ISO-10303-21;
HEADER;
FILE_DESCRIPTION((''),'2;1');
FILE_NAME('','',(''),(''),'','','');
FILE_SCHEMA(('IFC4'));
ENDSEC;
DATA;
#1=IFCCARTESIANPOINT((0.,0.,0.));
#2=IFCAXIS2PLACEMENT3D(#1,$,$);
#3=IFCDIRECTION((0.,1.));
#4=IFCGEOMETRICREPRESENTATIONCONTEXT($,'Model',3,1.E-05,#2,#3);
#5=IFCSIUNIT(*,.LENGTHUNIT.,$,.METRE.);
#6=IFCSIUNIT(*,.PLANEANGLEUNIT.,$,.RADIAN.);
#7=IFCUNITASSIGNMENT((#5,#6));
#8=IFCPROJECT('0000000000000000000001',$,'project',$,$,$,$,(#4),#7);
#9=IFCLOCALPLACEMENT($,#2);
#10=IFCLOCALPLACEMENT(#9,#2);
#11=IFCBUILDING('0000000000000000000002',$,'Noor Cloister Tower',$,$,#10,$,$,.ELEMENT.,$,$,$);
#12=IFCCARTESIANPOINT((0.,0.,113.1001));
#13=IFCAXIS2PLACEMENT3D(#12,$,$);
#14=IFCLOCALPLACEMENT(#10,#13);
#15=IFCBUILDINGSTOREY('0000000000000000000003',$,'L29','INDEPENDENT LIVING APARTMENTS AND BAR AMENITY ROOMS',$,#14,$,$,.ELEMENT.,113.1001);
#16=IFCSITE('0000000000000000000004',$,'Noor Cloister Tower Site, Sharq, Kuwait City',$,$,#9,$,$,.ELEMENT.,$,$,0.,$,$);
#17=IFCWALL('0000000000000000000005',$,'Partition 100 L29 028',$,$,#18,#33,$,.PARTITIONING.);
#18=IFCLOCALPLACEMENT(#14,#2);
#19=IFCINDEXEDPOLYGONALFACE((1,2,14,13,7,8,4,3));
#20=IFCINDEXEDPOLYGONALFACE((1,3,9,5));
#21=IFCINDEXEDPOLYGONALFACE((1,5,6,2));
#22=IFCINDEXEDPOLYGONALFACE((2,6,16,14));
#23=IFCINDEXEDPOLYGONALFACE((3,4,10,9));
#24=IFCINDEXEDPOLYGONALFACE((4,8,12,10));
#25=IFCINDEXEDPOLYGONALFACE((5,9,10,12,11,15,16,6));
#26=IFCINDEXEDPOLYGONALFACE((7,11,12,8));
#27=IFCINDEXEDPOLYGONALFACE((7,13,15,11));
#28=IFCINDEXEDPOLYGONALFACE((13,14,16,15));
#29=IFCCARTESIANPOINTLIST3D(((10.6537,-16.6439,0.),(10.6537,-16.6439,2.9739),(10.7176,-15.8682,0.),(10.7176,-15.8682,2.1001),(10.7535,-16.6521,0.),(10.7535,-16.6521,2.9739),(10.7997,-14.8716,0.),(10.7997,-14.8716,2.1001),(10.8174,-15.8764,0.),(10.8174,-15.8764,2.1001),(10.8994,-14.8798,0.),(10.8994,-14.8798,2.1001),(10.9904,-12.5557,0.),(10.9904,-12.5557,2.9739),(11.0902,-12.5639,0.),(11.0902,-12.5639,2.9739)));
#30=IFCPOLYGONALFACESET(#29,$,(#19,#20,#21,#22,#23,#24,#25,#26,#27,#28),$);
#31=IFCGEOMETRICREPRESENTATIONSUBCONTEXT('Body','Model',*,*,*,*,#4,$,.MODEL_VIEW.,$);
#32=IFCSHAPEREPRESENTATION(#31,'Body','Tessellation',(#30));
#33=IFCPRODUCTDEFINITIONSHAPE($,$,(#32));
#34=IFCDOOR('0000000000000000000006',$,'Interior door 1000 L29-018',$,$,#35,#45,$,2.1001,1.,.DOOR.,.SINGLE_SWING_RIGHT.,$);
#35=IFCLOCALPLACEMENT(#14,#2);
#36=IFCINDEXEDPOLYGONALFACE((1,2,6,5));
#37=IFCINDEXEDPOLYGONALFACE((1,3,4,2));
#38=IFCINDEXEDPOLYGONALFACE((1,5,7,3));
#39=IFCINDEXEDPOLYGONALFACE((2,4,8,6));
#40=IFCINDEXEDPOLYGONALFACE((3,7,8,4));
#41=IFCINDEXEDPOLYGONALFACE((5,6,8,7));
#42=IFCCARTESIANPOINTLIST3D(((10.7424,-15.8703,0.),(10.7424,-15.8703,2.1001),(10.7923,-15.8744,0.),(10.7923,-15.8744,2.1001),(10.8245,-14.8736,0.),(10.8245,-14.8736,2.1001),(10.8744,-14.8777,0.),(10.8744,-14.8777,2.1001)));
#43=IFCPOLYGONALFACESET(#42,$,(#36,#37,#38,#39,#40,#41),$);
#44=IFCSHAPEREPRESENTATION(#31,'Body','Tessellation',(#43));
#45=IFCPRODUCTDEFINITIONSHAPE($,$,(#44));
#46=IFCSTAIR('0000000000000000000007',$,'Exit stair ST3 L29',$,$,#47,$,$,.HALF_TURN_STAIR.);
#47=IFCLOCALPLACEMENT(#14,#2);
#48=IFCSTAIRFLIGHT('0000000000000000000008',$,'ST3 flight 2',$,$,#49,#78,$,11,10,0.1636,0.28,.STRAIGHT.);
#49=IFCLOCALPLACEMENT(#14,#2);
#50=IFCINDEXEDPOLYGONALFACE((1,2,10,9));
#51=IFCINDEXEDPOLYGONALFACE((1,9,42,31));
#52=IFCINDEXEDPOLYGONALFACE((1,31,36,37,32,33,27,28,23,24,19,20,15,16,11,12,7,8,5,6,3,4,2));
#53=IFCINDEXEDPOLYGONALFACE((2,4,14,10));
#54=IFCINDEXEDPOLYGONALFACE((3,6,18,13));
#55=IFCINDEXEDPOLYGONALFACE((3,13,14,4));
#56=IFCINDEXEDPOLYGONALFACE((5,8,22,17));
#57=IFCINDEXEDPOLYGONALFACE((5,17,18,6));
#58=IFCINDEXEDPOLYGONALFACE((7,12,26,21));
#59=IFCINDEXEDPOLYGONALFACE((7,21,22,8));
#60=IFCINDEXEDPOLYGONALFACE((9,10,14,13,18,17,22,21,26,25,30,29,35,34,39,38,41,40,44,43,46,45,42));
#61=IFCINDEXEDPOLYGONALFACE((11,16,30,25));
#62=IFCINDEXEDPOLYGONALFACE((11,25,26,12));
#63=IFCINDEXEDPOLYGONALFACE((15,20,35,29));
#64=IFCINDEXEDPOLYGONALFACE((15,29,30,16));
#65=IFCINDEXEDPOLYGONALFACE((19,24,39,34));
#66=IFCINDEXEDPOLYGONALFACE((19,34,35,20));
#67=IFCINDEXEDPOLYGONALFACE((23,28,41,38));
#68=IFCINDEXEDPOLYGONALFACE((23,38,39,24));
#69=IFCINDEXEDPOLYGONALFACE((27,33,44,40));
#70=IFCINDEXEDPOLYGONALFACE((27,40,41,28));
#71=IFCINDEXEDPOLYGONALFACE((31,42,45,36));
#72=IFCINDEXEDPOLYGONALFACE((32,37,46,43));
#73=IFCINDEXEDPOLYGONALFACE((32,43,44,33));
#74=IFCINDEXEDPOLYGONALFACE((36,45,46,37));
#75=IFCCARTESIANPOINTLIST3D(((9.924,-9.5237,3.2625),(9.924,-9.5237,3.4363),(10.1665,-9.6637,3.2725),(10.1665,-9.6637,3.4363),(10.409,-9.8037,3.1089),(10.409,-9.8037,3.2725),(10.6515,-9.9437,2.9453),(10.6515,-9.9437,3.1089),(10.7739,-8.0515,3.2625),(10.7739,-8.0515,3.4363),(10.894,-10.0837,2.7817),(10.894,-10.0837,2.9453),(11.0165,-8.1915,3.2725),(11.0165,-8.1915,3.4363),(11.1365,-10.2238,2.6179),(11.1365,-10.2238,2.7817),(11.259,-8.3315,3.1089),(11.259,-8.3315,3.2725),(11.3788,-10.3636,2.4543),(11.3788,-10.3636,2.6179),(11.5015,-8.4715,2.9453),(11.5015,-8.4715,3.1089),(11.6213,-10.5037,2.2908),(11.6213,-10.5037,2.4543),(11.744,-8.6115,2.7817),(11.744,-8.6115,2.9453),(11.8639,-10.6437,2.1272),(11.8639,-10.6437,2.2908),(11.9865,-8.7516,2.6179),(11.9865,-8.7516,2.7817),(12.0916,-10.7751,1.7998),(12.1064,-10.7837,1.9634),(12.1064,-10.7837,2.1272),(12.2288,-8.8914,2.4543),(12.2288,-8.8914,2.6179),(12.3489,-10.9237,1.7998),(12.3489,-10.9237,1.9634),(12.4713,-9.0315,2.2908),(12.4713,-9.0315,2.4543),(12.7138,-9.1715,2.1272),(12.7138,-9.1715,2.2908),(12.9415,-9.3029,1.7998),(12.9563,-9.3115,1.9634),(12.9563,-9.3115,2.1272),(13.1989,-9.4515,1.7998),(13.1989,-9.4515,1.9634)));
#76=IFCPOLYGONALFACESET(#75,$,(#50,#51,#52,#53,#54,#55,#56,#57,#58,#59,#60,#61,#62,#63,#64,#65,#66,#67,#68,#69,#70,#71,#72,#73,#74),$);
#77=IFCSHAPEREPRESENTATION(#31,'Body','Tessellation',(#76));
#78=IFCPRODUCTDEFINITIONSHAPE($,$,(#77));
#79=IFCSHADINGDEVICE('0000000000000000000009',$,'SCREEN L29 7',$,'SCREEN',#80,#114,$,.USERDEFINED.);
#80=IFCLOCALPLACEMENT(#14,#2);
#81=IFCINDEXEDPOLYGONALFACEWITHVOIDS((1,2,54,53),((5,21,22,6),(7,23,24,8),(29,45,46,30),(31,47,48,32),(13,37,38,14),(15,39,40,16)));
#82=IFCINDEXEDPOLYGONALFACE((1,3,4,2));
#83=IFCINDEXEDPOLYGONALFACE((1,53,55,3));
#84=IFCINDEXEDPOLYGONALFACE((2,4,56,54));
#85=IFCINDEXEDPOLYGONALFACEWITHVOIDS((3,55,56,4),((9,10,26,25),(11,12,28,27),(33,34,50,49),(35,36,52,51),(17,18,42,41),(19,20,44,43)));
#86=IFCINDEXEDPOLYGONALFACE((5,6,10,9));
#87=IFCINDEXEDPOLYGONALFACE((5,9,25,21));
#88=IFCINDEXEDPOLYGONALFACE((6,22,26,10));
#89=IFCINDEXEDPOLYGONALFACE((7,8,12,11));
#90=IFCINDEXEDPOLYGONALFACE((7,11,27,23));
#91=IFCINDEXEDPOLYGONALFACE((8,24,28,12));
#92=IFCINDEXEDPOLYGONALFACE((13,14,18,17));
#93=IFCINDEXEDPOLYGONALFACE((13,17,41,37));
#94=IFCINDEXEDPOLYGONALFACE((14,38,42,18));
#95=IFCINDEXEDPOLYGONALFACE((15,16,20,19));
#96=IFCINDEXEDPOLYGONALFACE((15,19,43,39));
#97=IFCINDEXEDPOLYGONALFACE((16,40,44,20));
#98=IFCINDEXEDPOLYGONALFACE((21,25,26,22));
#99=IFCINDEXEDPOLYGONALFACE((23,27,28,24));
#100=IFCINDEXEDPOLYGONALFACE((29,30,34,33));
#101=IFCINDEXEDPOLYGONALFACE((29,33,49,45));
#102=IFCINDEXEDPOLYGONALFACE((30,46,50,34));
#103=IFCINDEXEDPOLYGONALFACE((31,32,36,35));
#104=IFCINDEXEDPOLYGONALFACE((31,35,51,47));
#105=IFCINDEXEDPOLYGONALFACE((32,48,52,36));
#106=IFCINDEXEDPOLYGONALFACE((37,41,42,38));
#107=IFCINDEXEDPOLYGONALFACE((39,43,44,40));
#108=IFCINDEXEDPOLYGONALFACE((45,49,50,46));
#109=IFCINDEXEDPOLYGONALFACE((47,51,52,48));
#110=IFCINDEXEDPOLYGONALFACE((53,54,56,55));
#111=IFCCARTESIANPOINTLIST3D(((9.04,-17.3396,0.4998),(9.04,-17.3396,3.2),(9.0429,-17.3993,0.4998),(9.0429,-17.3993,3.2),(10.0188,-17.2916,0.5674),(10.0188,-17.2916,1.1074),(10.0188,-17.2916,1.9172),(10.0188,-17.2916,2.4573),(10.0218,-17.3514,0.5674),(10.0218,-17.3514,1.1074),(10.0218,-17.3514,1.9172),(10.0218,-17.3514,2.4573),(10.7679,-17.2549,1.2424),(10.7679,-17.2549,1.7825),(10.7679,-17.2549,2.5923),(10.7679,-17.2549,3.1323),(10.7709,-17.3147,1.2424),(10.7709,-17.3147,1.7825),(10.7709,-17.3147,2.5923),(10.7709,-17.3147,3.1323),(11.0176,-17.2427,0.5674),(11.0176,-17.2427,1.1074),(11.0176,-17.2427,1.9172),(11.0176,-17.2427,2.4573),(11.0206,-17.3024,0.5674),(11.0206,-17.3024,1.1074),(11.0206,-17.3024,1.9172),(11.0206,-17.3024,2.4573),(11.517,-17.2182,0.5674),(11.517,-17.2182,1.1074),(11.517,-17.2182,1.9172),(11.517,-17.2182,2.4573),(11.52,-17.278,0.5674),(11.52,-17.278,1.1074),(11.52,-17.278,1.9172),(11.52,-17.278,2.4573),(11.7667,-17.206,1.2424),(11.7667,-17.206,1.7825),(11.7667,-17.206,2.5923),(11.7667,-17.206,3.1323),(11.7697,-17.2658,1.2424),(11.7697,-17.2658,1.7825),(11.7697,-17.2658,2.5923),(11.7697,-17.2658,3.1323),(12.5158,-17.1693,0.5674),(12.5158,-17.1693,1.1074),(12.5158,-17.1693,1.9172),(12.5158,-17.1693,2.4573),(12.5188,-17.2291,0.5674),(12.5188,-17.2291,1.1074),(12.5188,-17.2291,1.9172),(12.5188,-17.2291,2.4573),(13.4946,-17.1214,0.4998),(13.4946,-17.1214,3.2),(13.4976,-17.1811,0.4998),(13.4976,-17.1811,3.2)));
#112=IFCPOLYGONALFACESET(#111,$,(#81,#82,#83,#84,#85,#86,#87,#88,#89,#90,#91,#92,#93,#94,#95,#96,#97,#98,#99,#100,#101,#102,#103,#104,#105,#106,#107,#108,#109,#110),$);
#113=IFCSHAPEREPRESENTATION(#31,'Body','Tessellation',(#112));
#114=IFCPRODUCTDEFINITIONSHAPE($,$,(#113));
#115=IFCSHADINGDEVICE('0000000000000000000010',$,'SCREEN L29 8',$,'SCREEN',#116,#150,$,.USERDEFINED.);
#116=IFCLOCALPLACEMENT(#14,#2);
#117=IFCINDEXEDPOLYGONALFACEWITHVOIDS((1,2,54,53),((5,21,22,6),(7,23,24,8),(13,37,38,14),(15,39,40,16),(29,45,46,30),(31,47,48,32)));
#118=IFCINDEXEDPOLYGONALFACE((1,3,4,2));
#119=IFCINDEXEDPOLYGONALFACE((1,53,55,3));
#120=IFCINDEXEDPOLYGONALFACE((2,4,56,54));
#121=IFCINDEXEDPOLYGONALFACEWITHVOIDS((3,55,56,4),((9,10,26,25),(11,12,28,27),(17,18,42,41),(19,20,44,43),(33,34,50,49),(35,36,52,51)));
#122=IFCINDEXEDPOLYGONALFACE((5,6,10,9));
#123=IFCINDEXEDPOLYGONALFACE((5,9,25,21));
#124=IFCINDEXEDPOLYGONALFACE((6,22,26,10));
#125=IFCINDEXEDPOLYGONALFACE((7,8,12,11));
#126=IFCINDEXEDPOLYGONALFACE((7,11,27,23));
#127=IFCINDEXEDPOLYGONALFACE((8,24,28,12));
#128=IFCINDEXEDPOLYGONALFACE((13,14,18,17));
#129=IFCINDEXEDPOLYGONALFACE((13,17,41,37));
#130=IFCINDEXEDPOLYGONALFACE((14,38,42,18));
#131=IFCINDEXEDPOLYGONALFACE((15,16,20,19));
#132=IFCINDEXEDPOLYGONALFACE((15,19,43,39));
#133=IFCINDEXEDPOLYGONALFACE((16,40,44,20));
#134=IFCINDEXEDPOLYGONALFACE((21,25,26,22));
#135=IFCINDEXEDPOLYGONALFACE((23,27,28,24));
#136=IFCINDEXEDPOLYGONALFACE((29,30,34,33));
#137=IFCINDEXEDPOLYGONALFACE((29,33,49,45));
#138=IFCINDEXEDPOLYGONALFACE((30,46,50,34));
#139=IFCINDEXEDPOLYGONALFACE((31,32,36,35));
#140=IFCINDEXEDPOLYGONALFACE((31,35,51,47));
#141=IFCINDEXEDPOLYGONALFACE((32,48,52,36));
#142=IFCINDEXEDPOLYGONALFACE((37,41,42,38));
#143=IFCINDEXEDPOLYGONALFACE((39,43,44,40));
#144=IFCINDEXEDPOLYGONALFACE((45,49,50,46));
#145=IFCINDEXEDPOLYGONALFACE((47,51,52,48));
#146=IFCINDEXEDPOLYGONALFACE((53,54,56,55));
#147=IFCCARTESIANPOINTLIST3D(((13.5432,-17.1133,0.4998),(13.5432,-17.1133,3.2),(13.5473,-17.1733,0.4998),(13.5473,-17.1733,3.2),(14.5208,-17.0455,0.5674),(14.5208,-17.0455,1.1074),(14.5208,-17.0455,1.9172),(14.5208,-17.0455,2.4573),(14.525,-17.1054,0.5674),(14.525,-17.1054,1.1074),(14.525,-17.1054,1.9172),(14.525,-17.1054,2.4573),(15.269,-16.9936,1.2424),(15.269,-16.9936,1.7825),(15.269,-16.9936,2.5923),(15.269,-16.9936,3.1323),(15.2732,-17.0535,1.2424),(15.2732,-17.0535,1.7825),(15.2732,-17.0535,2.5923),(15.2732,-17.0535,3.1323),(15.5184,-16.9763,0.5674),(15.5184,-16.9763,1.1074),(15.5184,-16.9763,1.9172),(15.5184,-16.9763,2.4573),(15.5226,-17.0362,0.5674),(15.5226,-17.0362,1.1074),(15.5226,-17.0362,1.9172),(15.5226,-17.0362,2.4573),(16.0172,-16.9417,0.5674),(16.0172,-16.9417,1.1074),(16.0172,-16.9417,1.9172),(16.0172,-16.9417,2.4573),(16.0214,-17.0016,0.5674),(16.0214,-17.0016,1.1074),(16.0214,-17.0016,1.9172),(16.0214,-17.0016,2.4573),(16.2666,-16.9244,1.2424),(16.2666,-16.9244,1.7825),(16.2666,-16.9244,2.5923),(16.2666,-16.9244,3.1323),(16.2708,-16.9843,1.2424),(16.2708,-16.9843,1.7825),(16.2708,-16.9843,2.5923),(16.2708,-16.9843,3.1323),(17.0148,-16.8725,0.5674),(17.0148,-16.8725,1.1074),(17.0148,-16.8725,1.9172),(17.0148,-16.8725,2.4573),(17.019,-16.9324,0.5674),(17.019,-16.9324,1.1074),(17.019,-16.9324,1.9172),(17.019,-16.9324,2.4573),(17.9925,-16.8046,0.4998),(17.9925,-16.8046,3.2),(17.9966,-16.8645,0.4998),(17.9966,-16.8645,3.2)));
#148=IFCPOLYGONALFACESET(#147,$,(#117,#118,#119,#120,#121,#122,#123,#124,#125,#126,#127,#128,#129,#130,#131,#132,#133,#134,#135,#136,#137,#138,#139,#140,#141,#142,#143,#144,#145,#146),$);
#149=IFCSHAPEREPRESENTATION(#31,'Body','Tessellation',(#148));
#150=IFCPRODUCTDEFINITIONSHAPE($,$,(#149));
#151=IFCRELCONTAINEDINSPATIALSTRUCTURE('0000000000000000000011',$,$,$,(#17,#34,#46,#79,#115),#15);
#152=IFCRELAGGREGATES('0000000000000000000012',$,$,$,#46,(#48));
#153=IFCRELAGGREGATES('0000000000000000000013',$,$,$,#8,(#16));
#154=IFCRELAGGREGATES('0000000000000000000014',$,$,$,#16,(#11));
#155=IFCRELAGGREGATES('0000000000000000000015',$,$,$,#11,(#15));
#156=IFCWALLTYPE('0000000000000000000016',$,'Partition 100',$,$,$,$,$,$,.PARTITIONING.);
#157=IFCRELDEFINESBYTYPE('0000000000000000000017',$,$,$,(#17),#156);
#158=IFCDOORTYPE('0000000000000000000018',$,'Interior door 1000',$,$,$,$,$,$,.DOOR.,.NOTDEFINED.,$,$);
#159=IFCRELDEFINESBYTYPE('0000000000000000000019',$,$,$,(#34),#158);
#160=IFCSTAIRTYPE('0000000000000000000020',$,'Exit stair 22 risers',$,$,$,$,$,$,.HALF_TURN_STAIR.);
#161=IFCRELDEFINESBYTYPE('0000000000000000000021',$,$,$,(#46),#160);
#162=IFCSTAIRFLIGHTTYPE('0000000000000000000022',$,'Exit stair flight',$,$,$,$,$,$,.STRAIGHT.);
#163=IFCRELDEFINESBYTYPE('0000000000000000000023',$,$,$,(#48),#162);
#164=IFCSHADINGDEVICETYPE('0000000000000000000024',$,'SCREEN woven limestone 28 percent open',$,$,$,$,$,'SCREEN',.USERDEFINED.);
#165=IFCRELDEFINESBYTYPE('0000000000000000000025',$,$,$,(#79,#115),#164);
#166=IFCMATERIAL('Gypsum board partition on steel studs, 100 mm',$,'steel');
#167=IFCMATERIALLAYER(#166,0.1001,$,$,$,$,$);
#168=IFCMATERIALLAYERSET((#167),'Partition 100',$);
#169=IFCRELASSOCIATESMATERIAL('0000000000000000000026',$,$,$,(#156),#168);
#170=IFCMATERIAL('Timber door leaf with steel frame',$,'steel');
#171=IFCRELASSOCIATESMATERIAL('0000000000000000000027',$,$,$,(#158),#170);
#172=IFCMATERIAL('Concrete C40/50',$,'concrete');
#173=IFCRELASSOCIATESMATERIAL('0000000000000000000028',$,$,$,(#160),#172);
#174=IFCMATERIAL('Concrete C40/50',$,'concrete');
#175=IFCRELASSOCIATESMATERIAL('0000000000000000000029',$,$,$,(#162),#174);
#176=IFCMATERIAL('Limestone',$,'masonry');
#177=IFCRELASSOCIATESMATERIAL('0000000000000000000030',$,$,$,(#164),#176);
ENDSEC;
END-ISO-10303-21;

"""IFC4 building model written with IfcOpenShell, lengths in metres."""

from ifc_helpers import new_model, si_unit, direction, frame, frame_2d, origin, place, context, subcontext, project, spatial, polyline, rectangle, outline, extrude, material, layer, layer_set, material_profile, profile_set, type_object, element, fill, aggregate, save


model = new_model("IFC4")

# Units and contexts
model_context = context("Model", 3, precision=1e-05, world=origin(), true_north=direction((0.0, 1.0)))
body_context = subcontext(model_context, "Body", "Model", "MODEL_VIEW")
ifc_project = project(units=[si_unit("LENGTHUNIT", "METRE"), si_unit("PLANEANGLEUNIT", "RADIAN")], contexts=[model_context])

# Site, building, storey
site_placement = place(None, origin())
site = spatial("IfcSite", under=ifc_project, at=site_placement, Name="Noor Cloister Tower Site, Sharq, Kuwait City", CompositionType="ELEMENT", RefElevation=0.0)
building_placement = place(site_placement, origin())
building = spatial("IfcBuilding", under=site, at=building_placement, Name="Noor Cloister Tower", CompositionType="ELEMENT")
storey_placement = place(building_placement, frame((0.0, 0.0, 113.1001)))
storey = spatial("IfcBuildingStorey", under=building, at=storey_placement, Name="L29", Description="INDEPENDENT LIVING APARTMENTS AND BAR AMENITY ROOMS", CompositionType="ELEMENT", Elevation=113.1001)

# Wall, opening, door
ifc_material_1 = material(Name="Gypsum board partition on steel studs, 100 mm", Category="steel")
ifc_layer_1 = layer(ifc_material_1, 0.1001)
ifc_layer_set_1 = layer_set([ifc_layer_1], Name="Partition 100")
wall_type = type_object("IfcWallType", Name="Partition 100", PredefinedType="PARTITIONING", material=ifc_layer_set_1)
ifc_material_2 = material(Name="Timber door leaf with steel frame", Category="steel")
door_type = type_object("IfcDoorType", Name="Interior door 1000", OperationType="NOTDEFINED", PredefinedType="DOOR", material=ifc_material_2)
wall_1_placement = place(storey_placement, frame((11.0403, -12.5598, 0.0), z_axis=(0.0, 0.0, 1.0), x_axis=(-0.082075, -0.996626, 0.0)))
wall_1 = element("IfcWall", 1, at=wall_1_placement, inside=storey, type_object=wall_type, Name="Partition 100 L29 028", PredefinedType="PARTITIONING", context=body_context, shape_type="SweptSolid", body=[
    extrude(rectangle(XDim=4.1021, YDim=0.1001, at=frame_2d((2.051, 0.0))), origin(), (0.0, 0.0, 1.0), 2.9739),
])
opening_1_placement = place(wall_1_placement, frame((2.3237, 0.0, 0.0)))
opening_1 = element("IfcOpeningElement", 2, at=opening_1_placement, cuts=wall_1, PredefinedType="OPENING", context=body_context, shape_type="SweptSolid", body=[
    extrude(rectangle(XDim=1.0, YDim=2.1001, at=frame_2d((0.5, 1.05))), frame((0.0, 0.0601, 0.0), z_axis=(0.0, -1.0, 0.0), x_axis=(1.0, 0.0, 0.0)), (0.0, 0.0, 1.0), 0.1201),
])
door_1_placement = place(opening_1_placement, origin())
door_1 = element("IfcDoor", 3, at=door_1_placement, inside=storey, type_object=door_type, Name="Interior door 1000 L29-018", OperationType="SINGLE_SWING_RIGHT", OverallHeight=2.1001, OverallWidth=1.0, PredefinedType="DOOR", context=body_context, shape_type="SweptSolid", body=[
    extrude(rectangle(XDim=1.0, YDim=2.1001, at=frame_2d((0.5, 1.05))), frame((0.0, 0.0249, 0.0), z_axis=(0.0, -1.0, 0.0), x_axis=(1.0, 0.0, 0.0)), (0.0, 0.0, 1.0), 0.05),
])
fill(opening_1, door_1)

# Stair, stair flight
ifc_material_3 = material(Name="Concrete C40/50", Category="concrete")
stair_type = type_object("IfcStairType", Name="Exit stair 22 risers", PredefinedType="HALF_TURN_STAIR", material=ifc_material_3)
stair_placement = place(storey_placement, origin())
stair = element("IfcStair", 4, at=stair_placement, inside=storey, type_object=stair_type, Name="Exit stair ST3 L29", PredefinedType="HALF_TURN_STAIR")
ifc_material_4 = material(Name="Concrete C40/50", Category="concrete")
stair_flight_type = type_object("IfcStairFlightType", Name="Exit stair flight", PredefinedType="STRAIGHT", material=ifc_material_4)
stair_flight_placement = place(storey_placement, frame((12.7739, -10.1875, 1.7998), z_axis=(0.0, 0.0, 1.0), x_axis=(-0.866025, 0.5, 0.0)))
stair_flight = element("IfcStairFlight", 5, at=stair_flight_placement, type_object=stair_flight_type, Name="ST3 flight 2", NumberOfRisers=11, NumberOfTreads=10, PredefinedType="STRAIGHT", RiserHeight=0.1636, TreadLength=0.28, context=body_context, shape_type="SweptSolid", body=[
    extrude(outline(polyline([(0.0, 0.0), (0.0, 0.1636), (0.28, 0.1636), (0.28, 0.3274), (0.5601, 0.3274), (0.5601, 0.491), (0.8401, 0.491), (0.8401, 0.6545), (1.1201, 0.6545), (1.1201, 0.8181), (1.3999, 0.8181), (1.3999, 0.9819), (1.6799, 0.9819), (1.6799, 1.1455), (1.96, 1.1455), (1.96, 1.3091), (2.24, 1.3091), (2.24, 1.4727), (2.52, 1.4727), (2.52, 1.6365), (2.8, 1.6365), (2.8, 1.8), (2.8, 1.4626), (0.2971, 0.0), (0.0, 0.0)])), frame((0.0, 0.8501, 0.0), z_axis=(0.0, -1.0, 0.0), x_axis=(1.0, 0.0, 0.0)), (0.0, 0.0, 1.0), 1.7),
])
aggregate(stair, [stair_flight])

# Shading devices
ifc_material_5 = material(Name="Limestone", Category="masonry")
ifc_material_profile_1 = material_profile(ifc_material_5, outline(polyline([(-2.23, -1.3501), (2.23, -1.3501), (2.23, 1.3501), (-2.23, 1.3501), (-2.23, -1.3501)]), holes=[polyline([(-1.25, -1.2825), (-0.25, -1.2825), (-0.25, -0.7424), (-1.25, -0.7424), (-1.25, -1.2825)]), polyline([(0.25, -1.2825), (1.25, -1.2825), (1.25, -0.7424), (0.25, -0.7424), (0.25, -1.2825)]), polyline([(-0.5, -0.6074), (0.5, -0.6074), (0.5, -0.0674), (-0.5, -0.0674), (-0.5, -0.6074)]), polyline([(-1.25, 0.0674), (-0.25, 0.0674), (-0.25, 0.6074), (-1.25, 0.6074), (-1.25, 0.0674)]), polyline([(0.25, 0.0674), (1.25, 0.0674), (1.25, 0.6074), (0.25, 0.6074), (0.25, 0.0674)]), polyline([(-0.5, 0.7424), (0.5, 0.7424), (0.5, 1.2825), (-0.5, 1.2825), (-0.5, 0.7424)])]), Name="Woven screen 28 percent open")
ifc_profile_set_1 = profile_set([ifc_material_profile_1], Name="Limestone")
shading_device_type = type_object("IfcShadingDeviceType", Name="SCREEN woven limestone 28 percent open", ElementType="SCREEN", PredefinedType="USERDEFINED", material=ifc_profile_set_1)
shading_device_1_placement = place(storey_placement, frame((11.2673, -17.2305, 1.8499), z_axis=(0.048921, -0.998803, 0.0), x_axis=(0.998803, 0.048921, 0.0)))
element("IfcShadingDevice", 6, at=shading_device_1_placement, inside=storey, type_object=shading_device_type, Name="SCREEN L29 7", ObjectType="SCREEN", PredefinedType="USERDEFINED", context=body_context, shape_type="SweptSolid", body=[
    extrude(outline(polyline([(-2.23, -1.3501), (2.23, -1.3501), (2.23, 1.3501), (-2.23, 1.3501), (-2.23, -1.3501)]), holes=[polyline([(-1.25, -1.2825), (-0.25, -1.2825), (-0.25, -0.7424), (-1.25, -0.7424), (-1.25, -1.2825)]), polyline([(0.25, -1.2825), (1.25, -1.2825), (1.25, -0.7424), (0.25, -0.7424), (0.25, -1.2825)]), polyline([(-0.5, -0.6074), (0.5, -0.6074), (0.5, -0.0674), (-0.5, -0.0674), (-0.5, -0.6074)]), polyline([(-1.25, 0.0674), (-0.25, 0.0674), (-0.25, 0.6074), (-1.25, 0.6074), (-1.25, 0.0674)]), polyline([(0.25, 0.0674), (1.25, 0.0674), (1.25, 0.6074), (0.25, 0.6074), (0.25, 0.0674)]), polyline([(-0.5, 0.7424), (0.5, 0.7424), (0.5, 1.2825), (-0.5, 1.2825), (-0.5, 0.7424)])]), origin(), (0.0, 0.0, 1.0), 0.0598),
])
shading_device_2_placement = place(storey_placement, frame((15.7678, -16.959, 1.8499), z_axis=(0.069221, -0.997601, 0.0), x_axis=(0.997601, 0.069221, 0.0)))
element("IfcShadingDevice", 7, at=shading_device_2_placement, inside=storey, type_object=shading_device_type, Name="SCREEN L29 8", ObjectType="SCREEN", PredefinedType="USERDEFINED", context=body_context, shape_type="SweptSolid", body=[
    extrude(outline(polyline([(-2.23, -1.3501), (2.23, -1.3501), (2.23, 1.3501), (-2.23, 1.3501), (-2.23, -1.3501)]), holes=[polyline([(-1.25, -1.2825), (-0.25, -1.2825), (-0.25, -0.7424), (-1.25, -0.7424), (-1.25, -1.2825)]), polyline([(0.25, -1.2825), (1.25, -1.2825), (1.25, -0.7424), (0.25, -0.7424), (0.25, -1.2825)]), polyline([(-0.5, -0.6074), (0.5, -0.6074), (0.5, -0.0674), (-0.5, -0.0674), (-0.5, -0.6074)]), polyline([(-1.25, 0.0674), (-0.25, 0.0674), (-0.25, 0.6074), (-1.25, 0.6074), (-1.25, 0.0674)]), polyline([(0.25, 0.0674), (1.25, 0.0674), (1.25, 0.6074), (0.25, 0.6074), (0.25, 0.0674)]), polyline([(-0.5, 0.7424), (0.5, 0.7424), (0.5, 1.2825), (-0.5, 1.2825), (-0.5, 0.7424)])]), origin(), (0.0, 0.0, 1.0), 0.0601),
])

save(model, "model.ifc")
